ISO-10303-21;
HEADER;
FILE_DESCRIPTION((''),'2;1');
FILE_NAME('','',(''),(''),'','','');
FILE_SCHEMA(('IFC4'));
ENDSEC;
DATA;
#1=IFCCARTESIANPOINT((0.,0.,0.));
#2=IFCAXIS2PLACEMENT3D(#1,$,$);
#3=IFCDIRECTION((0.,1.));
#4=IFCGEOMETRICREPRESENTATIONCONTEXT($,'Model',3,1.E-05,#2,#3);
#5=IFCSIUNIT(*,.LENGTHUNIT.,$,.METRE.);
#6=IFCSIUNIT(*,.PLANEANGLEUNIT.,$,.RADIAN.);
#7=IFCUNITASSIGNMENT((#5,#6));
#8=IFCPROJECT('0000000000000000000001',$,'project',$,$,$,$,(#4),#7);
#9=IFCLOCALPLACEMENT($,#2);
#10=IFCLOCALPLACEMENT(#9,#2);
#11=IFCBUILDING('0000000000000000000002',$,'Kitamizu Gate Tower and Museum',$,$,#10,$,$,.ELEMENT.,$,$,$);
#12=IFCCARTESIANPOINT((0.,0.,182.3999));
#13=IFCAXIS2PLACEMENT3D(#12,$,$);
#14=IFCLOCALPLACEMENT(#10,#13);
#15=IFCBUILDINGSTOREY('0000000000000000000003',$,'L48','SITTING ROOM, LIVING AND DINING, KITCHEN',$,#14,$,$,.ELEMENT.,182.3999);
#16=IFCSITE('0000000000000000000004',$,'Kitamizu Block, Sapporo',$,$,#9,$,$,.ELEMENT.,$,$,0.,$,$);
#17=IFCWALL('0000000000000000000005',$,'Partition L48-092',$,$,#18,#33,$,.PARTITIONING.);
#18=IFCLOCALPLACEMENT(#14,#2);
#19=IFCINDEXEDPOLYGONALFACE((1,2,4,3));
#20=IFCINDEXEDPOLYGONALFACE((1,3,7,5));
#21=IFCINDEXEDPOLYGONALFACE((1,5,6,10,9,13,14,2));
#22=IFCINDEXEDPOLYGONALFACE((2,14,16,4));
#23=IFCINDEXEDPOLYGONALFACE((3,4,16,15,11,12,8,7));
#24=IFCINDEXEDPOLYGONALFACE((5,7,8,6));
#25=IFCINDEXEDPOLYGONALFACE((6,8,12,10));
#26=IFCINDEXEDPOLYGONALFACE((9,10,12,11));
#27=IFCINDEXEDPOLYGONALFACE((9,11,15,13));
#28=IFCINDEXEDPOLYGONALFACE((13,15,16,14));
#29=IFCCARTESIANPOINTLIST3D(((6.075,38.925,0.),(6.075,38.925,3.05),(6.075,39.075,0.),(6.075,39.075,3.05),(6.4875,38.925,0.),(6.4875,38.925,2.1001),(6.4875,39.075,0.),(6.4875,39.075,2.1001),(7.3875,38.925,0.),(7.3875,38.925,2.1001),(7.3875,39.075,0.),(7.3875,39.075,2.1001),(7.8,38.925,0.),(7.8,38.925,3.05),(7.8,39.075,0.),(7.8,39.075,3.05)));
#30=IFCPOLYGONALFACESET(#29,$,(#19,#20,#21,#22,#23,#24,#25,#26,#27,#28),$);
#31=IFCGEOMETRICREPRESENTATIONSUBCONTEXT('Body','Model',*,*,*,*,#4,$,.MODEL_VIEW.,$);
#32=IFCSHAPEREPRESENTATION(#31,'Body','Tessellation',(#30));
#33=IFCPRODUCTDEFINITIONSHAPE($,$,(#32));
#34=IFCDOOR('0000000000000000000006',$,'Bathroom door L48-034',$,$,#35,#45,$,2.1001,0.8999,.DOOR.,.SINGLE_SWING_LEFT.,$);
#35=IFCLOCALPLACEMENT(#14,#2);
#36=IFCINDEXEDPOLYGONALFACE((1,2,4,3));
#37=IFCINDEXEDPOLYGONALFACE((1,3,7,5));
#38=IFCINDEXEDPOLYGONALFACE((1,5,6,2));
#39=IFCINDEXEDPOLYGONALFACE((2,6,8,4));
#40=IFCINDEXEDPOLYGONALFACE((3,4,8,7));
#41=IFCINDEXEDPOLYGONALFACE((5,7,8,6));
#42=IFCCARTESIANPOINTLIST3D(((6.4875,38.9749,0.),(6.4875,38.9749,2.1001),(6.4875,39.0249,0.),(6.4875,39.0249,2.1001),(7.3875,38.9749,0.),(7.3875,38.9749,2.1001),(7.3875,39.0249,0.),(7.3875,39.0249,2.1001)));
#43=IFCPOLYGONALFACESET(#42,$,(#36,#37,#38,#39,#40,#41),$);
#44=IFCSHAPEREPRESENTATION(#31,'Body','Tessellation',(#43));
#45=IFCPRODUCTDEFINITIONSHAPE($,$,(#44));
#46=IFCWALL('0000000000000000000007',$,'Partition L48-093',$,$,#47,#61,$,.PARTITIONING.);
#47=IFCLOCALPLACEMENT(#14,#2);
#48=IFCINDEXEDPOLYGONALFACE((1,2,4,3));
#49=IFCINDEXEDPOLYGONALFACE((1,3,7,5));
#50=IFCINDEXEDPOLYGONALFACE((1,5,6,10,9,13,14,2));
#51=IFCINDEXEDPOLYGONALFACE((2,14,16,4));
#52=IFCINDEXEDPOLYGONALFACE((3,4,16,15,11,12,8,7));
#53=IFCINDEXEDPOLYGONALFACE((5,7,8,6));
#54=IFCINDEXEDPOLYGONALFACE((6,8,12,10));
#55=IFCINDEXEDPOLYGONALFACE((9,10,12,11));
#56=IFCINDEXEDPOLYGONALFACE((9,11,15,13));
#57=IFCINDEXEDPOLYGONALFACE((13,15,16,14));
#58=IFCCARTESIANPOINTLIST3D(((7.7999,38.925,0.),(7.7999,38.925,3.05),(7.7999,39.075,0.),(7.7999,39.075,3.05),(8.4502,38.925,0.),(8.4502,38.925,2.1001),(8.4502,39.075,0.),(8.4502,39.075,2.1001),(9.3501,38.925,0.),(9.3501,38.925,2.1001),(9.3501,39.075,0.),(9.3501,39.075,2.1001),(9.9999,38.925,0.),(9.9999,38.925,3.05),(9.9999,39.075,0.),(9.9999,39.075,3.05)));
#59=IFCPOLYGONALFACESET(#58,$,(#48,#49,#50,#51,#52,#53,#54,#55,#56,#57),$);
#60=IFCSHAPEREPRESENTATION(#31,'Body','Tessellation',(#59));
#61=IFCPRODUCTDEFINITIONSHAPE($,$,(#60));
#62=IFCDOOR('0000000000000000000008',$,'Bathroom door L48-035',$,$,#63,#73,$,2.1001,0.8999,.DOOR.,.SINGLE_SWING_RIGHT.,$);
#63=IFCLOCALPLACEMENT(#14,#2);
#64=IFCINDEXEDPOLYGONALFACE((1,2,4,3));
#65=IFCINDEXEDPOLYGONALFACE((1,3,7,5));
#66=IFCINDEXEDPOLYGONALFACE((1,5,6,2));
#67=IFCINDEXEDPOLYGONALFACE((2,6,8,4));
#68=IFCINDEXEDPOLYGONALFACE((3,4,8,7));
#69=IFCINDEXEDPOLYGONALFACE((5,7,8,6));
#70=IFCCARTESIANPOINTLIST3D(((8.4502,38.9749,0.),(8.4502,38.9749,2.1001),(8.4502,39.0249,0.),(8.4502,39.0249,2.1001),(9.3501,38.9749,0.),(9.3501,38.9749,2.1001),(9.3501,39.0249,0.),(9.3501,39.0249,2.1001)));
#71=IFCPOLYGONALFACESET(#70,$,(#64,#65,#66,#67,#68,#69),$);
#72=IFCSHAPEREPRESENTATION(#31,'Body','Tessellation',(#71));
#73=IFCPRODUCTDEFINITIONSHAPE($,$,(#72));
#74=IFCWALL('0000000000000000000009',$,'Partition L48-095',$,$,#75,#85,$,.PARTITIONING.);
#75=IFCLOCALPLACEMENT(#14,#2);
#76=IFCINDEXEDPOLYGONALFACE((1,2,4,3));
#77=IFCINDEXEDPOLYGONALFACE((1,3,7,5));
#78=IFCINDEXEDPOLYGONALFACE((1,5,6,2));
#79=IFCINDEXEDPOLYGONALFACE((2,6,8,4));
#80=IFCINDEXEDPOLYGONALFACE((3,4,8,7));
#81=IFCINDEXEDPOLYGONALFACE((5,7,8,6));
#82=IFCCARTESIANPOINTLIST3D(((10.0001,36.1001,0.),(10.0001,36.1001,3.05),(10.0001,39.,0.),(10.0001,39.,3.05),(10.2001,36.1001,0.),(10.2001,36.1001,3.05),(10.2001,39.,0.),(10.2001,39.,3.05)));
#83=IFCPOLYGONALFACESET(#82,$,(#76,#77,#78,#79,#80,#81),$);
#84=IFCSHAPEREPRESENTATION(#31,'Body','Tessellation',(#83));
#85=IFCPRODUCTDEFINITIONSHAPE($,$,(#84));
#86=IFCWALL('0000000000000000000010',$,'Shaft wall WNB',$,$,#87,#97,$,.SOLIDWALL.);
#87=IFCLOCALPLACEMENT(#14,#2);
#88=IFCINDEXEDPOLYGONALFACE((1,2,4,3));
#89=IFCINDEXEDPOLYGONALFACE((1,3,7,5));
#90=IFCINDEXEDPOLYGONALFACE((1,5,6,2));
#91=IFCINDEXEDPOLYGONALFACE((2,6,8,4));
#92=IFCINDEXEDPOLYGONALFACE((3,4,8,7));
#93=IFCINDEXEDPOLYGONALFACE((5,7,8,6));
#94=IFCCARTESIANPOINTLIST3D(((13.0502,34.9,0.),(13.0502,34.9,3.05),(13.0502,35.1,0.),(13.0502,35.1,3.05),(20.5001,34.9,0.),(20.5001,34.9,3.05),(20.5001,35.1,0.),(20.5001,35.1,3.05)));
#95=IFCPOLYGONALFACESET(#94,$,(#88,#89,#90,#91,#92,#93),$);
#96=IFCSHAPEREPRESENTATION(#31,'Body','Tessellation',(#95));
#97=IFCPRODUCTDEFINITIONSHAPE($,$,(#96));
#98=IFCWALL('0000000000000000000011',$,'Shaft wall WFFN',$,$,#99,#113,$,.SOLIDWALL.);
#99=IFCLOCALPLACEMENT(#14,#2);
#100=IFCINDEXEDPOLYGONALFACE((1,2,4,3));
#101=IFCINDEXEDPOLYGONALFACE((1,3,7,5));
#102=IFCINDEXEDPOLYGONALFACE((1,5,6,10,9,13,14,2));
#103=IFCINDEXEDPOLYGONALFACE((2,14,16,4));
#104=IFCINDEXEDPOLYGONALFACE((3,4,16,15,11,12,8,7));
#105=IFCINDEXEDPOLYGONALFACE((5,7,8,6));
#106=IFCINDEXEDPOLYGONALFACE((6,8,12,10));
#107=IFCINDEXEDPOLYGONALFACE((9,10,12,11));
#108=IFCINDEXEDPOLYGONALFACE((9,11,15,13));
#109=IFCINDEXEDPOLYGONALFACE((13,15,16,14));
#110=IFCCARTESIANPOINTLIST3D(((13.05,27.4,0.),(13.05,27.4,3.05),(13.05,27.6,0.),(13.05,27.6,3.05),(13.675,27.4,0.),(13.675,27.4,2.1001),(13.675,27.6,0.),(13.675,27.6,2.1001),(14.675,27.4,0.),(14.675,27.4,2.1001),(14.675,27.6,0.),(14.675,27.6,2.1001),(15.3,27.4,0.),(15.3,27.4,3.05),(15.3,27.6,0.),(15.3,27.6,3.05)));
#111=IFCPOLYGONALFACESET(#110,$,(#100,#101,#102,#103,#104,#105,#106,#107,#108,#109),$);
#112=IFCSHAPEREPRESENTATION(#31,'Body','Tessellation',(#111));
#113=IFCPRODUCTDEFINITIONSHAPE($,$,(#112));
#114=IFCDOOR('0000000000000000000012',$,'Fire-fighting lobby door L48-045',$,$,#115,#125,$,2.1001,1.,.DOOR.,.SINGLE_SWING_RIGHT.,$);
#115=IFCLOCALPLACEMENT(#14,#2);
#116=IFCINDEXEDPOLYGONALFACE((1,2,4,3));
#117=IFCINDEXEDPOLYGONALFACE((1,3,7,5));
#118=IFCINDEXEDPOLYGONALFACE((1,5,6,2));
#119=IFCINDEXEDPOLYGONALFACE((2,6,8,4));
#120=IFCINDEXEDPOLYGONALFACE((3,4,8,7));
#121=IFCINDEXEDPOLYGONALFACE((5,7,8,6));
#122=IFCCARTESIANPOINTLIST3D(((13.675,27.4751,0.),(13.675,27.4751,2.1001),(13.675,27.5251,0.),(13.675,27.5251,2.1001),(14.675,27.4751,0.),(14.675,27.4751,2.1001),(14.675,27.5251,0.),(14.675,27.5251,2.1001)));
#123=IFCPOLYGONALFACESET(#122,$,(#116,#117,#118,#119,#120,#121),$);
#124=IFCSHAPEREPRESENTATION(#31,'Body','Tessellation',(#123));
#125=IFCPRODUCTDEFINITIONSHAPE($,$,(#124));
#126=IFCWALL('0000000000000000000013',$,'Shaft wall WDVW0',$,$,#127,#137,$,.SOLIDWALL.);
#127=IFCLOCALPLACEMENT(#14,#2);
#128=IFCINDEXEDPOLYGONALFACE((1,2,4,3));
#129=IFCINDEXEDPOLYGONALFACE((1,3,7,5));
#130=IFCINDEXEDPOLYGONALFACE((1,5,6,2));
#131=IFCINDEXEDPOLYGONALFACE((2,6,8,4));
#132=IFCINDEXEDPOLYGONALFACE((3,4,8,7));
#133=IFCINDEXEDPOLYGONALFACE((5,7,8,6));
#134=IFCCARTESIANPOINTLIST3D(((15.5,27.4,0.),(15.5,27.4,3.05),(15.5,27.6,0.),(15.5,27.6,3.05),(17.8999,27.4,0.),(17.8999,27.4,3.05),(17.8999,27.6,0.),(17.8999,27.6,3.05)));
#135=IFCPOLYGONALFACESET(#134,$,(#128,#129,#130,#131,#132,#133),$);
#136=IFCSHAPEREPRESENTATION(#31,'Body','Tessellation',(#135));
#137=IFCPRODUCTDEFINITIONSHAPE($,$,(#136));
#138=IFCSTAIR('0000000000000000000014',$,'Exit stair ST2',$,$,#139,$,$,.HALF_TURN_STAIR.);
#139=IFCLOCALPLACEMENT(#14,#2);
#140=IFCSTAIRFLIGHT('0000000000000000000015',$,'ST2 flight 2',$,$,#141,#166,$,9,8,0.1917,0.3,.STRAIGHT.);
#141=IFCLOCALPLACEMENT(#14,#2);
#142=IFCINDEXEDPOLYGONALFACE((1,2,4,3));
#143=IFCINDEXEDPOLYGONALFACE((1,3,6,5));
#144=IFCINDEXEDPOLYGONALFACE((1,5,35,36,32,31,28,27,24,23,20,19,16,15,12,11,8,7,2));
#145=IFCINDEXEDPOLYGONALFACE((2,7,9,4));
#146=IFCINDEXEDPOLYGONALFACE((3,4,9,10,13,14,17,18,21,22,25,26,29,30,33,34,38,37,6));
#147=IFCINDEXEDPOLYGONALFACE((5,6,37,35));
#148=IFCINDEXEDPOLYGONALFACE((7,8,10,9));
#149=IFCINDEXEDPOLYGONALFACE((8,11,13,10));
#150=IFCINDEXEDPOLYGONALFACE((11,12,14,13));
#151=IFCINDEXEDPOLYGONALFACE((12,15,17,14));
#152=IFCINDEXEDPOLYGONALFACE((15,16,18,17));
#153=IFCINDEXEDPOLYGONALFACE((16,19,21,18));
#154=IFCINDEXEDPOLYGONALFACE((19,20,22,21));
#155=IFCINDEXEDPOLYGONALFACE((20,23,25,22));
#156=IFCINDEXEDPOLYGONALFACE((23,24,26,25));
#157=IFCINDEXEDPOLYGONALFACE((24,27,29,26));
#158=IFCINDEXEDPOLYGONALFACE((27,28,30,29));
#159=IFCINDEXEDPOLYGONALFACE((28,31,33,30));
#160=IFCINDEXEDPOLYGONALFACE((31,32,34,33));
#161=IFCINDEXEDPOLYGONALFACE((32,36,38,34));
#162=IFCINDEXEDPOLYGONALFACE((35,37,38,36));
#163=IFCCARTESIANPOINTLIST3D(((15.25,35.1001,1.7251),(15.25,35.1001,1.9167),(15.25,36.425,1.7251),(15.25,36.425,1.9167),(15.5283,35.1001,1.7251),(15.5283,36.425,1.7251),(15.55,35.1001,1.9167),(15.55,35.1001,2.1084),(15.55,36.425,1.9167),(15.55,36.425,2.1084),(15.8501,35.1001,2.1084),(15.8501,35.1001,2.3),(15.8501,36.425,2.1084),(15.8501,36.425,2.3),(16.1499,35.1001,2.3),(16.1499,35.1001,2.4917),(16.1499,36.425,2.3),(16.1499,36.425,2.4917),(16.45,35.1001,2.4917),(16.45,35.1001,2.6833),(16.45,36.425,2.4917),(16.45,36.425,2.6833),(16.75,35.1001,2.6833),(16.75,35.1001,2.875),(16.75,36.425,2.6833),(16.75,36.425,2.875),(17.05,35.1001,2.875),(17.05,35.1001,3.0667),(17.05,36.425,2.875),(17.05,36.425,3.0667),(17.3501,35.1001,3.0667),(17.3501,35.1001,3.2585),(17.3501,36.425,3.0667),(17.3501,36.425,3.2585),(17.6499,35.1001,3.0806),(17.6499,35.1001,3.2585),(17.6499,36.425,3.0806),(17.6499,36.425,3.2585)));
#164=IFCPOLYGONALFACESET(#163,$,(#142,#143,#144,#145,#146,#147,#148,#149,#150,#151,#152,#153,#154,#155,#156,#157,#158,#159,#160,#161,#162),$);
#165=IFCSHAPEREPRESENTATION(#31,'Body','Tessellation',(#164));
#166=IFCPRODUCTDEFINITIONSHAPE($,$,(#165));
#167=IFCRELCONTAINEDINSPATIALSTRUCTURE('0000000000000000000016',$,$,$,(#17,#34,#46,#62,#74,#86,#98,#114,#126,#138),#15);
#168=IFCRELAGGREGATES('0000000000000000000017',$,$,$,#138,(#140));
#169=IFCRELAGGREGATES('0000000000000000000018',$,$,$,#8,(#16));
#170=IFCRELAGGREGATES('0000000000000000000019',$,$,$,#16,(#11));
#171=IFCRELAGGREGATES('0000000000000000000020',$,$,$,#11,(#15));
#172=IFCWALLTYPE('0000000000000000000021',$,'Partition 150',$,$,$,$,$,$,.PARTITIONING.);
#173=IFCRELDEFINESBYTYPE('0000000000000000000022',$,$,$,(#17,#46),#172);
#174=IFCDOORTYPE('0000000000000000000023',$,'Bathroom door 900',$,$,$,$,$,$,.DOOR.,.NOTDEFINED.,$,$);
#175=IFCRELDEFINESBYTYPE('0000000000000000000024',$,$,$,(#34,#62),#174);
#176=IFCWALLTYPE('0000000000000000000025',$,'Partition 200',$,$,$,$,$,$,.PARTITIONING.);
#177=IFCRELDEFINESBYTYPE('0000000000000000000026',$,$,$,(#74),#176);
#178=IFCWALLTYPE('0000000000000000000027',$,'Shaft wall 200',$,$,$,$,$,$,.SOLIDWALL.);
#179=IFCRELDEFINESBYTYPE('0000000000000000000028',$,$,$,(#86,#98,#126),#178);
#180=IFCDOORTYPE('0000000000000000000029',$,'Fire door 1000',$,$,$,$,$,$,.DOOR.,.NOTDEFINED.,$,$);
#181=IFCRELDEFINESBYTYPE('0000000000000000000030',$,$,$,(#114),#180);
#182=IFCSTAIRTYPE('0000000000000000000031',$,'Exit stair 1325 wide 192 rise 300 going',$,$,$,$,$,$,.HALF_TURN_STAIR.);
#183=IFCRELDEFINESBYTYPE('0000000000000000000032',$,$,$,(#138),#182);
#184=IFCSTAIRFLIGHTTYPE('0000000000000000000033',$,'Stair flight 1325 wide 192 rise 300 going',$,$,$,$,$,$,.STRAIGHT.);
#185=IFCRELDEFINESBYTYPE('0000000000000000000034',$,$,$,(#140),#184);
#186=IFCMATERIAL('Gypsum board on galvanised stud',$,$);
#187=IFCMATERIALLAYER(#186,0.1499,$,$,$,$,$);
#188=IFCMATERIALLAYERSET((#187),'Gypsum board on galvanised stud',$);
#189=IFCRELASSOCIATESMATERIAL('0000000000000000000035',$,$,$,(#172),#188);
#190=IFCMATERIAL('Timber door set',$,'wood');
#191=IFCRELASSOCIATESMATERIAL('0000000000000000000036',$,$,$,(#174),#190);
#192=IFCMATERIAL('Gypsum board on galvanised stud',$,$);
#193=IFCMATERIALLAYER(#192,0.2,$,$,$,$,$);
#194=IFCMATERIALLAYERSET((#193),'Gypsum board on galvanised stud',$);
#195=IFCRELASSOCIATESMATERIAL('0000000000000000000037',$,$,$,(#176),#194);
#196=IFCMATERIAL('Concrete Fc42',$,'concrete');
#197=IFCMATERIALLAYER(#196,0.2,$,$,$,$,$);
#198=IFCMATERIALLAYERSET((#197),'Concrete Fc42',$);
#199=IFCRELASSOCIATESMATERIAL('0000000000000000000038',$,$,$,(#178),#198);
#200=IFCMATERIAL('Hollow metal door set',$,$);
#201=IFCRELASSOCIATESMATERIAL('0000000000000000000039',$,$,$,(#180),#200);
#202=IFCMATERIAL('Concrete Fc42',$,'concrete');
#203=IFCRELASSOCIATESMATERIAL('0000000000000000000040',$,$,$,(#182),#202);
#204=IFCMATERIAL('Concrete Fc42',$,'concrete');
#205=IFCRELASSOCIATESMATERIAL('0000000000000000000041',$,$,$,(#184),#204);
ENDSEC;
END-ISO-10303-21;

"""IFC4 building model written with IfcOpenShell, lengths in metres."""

from ifc_helpers import new_model, si_unit, direction, frame, frame_2d, origin, place, context, subcontext, project, spatial, polyline, rectangle, outline, extrude, material, layer, layer_set, type_object, element, fill, aggregate, save


model = new_model("IFC4")

# Units and contexts
model_context = context("Model", 3, precision=1e-05, world=origin(), true_north=direction((0.0, 1.0)))
body_context = subcontext(model_context, "Body", "Model", "MODEL_VIEW")
ifc_project = project(units=[si_unit("LENGTHUNIT", "METRE"), si_unit("PLANEANGLEUNIT", "RADIAN")], contexts=[model_context])

# Site, building, storey
site_placement = place(None, origin())
site = spatial("IfcSite", under=ifc_project, at=site_placement, Name="Kitamizu Block, Sapporo", CompositionType="ELEMENT", RefElevation=0.0)
building_placement = place(site_placement, origin())
building = spatial("IfcBuilding", under=site, at=building_placement, Name="Kitamizu Gate Tower and Museum", CompositionType="ELEMENT")
storey_placement = place(building_placement, frame((0.0, 0.0, 182.3999)))
storey = spatial("IfcBuildingStorey", under=building, at=storey_placement, Name="L48", Description="SITTING ROOM, LIVING AND DINING, KITCHEN", CompositionType="ELEMENT", Elevation=182.3999)

# Shared definitions
ifc_material_1 = material(Name="Gypsum board on galvanised stud")
ifc_layer_1 = layer(ifc_material_1, 0.1499)
ifc_layer_set_1 = layer_set([ifc_layer_1], Name="Gypsum board on galvanised stud")
wall_type_1 = type_object("IfcWallType", Name="Partition 150", PredefinedType="PARTITIONING", material=ifc_layer_set_1)

# Walls, openings, doors
wall_1_placement = place(storey_placement, frame((7.8, 39.0, 0.0), z_axis=(0.0, 0.0, 1.0), x_axis=(-1.0, 0.0, 0.0)))
wall_1 = element("IfcWall", 1, at=wall_1_placement, inside=storey, type_object=wall_type_1, Name="Partition L48-092", PredefinedType="PARTITIONING", context=body_context, shape_type="SweptSolid", body=[
    extrude(rectangle(XDim=1.7251, YDim=0.1499, at=frame_2d((0.8625, 0.0))), origin(), (0.0, 0.0, 1.0), 3.05),
])
opening_1_placement = place(wall_1_placement, frame((0.4126, 0.0, 0.0)))
opening_1 = element("IfcOpeningElement", 2, at=opening_1_placement, cuts=wall_1, PredefinedType="OPENING", context=body_context, shape_type="SweptSolid", body=[
    extrude(rectangle(XDim=0.8999, YDim=2.1001, at=frame_2d((0.45, 1.05))), frame((0.0, 0.085, 0.0), z_axis=(0.0, -1.0, 0.0), x_axis=(1.0, 0.0, 0.0)), (0.0, 0.0, 1.0), 0.1699),
])
ifc_material_2 = material(Name="Timber door set", Category="wood")
door_type_1 = type_object("IfcDoorType", Name="Bathroom door 900", OperationType="NOTDEFINED", PredefinedType="DOOR", material=ifc_material_2)
door_1_placement = place(opening_1_placement, frame((0.8999, 0.0, 0.0), x_axis=(-1.0, 0.0, 0.0)))
door_1 = element("IfcDoor", 3, at=door_1_placement, inside=storey, type_object=door_type_1, Name="Bathroom door L48-034", OperationType="SINGLE_SWING_LEFT", OverallHeight=2.1001, OverallWidth=0.8999, PredefinedType="DOOR", context=body_context, shape_type="SweptSolid", body=[
    extrude(rectangle(XDim=0.8999, YDim=2.1001, at=frame_2d((0.45, 1.05))), frame((0.0, 0.0249, 0.0), z_axis=(0.0, -1.0, 0.0), x_axis=(1.0, 0.0, 0.0)), (0.0, 0.0, 1.0), 0.05),
])
fill(opening_1, door_1)
wall_2_placement = place(storey_placement, frame((10.0, 39.0, 0.0), z_axis=(0.0, 0.0, 1.0), x_axis=(-1.0, 0.0, 0.0)))
wall_2 = element("IfcWall", 4, at=wall_2_placement, inside=storey, type_object=wall_type_1, Name="Partition L48-093", PredefinedType="PARTITIONING", context=body_context, shape_type="SweptSolid", body=[
    extrude(rectangle(XDim=2.2, YDim=0.1499, at=frame_2d((1.1001, 0.0))), origin(), (0.0, 0.0, 1.0), 3.05),
])
opening_2_placement = place(wall_2_placement, frame((0.6499, 0.0, 0.0)))
opening_2 = element("IfcOpeningElement", 5, at=opening_2_placement, cuts=wall_2, PredefinedType="OPENING", context=body_context, shape_type="SweptSolid", body=[
    extrude(rectangle(XDim=0.8999, YDim=2.1001, at=frame_2d((0.45, 1.05))), frame((0.0, 0.085, 0.0), z_axis=(0.0, -1.0, 0.0), x_axis=(1.0, 0.0, 0.0)), (0.0, 0.0, 1.0), 0.1699),
])
door_2_placement = place(opening_2_placement, frame((0.8999, 0.0, 0.0), x_axis=(-1.0, 0.0, 0.0)))
door_2 = element("IfcDoor", 6, at=door_2_placement, inside=storey, type_object=door_type_1, Name="Bathroom door L48-035", OperationType="SINGLE_SWING_RIGHT", OverallHeight=2.1001, OverallWidth=0.8999, PredefinedType="DOOR", context=body_context, shape_type="SweptSolid", body=[
    extrude(rectangle(XDim=0.8999, YDim=2.1001, at=frame_2d((0.45, 1.05))), frame((0.0, 0.0249, 0.0), z_axis=(0.0, -1.0, 0.0), x_axis=(1.0, 0.0, 0.0)), (0.0, 0.0, 1.0), 0.05),
])
fill(opening_2, door_2)

# Walls
ifc_material_3 = material(Name="Gypsum board on galvanised stud")
ifc_layer_2 = layer(ifc_material_3, 0.2)
ifc_layer_set_2 = layer_set([ifc_layer_2], Name="Gypsum board on galvanised stud")
wall_type_2 = type_object("IfcWallType", Name="Partition 200", PredefinedType="PARTITIONING", material=ifc_layer_set_2)
wall_3_placement = place(storey_placement, frame((10.1001, 36.1001, 0.0), z_axis=(0.0, 0.0, 1.0), x_axis=(0.0, 1.0, 0.0)))
element("IfcWall", 7, at=wall_3_placement, inside=storey, type_object=wall_type_2, Name="Partition L48-095", PredefinedType="PARTITIONING", context=body_context, shape_type="SweptSolid", body=[
    extrude(rectangle(XDim=2.8999, YDim=0.2, at=frame_2d((1.45, 0.0))), origin(), (0.0, 0.0, 1.0), 3.05),
])
ifc_material_4 = material(Name="Concrete Fc42", Category="concrete")
ifc_layer_3 = layer(ifc_material_4, 0.2)
ifc_layer_set_3 = layer_set([ifc_layer_3], Name="Concrete Fc42")
wall_type_3 = type_object("IfcWallType", Name="Shaft wall 200", PredefinedType="SOLIDWALL", material=ifc_layer_set_3)
wall_4_placement = place(storey_placement, frame((13.05, 35.0, 0.0), z_axis=(0.0, 0.0, 1.0), x_axis=(1.0, 0.0, 0.0)))
element("IfcWall", 8, at=wall_4_placement, inside=storey, type_object=wall_type_3, Name="Shaft wall WNB", PredefinedType="SOLIDWALL", context=body_context, shape_type="SweptSolid", body=[
    extrude(rectangle(XDim=7.45, YDim=0.2, at=frame_2d((3.7251, 0.0))), origin(), (0.0, 0.0, 1.0), 3.05),
])

# Wall, opening, door
wall_5_placement = place(storey_placement, frame((13.05, 27.5, 0.0), z_axis=(0.0, 0.0, 1.0), x_axis=(1.0, 0.0, 0.0)))
wall_5 = element("IfcWall", 9, at=wall_5_placement, inside=storey, type_object=wall_type_3, Name="Shaft wall WFFN", PredefinedType="SOLIDWALL", context=body_context, shape_type="SweptSolid", body=[
    extrude(rectangle(XDim=2.25, YDim=0.2, at=frame_2d((1.125, 0.0))), origin(), (0.0, 0.0, 1.0), 3.05),
])
opening_3_placement = place(wall_5_placement, frame((0.625, 0.0, 0.0)))
opening_3 = element("IfcOpeningElement", 10, at=opening_3_placement, cuts=wall_5, PredefinedType="OPENING", context=body_context, shape_type="SweptSolid", body=[
    extrude(rectangle(XDim=1.0, YDim=2.1001, at=frame_2d((0.5, 1.05))), frame((0.0, 0.1099, 0.0), z_axis=(0.0, -1.0, 0.0), x_axis=(1.0, 0.0, 0.0)), (0.0, 0.0, 1.0), 0.22),
])
ifc_material_5 = material(Name="Hollow metal door set")
door_type_2 = type_object("IfcDoorType", Name="Fire door 1000", OperationType="NOTDEFINED", PredefinedType="DOOR", material=ifc_material_5)
door_3_placement = place(opening_3_placement, frame((1.0, 0.0, 0.0), x_axis=(-1.0, 0.0, 0.0)))
door_3 = element("IfcDoor", 11, at=door_3_placement, inside=storey, type_object=door_type_2, Name="Fire-fighting lobby door L48-045", OperationType="SINGLE_SWING_RIGHT", OverallHeight=2.1001, OverallWidth=1.0, PredefinedType="DOOR", context=body_context, shape_type="SweptSolid", body=[
    extrude(rectangle(XDim=1.0, YDim=2.1001, at=frame_2d((0.5, 1.05))), frame((0.0, 0.0249, 0.0), z_axis=(0.0, -1.0, 0.0), x_axis=(1.0, 0.0, 0.0)), (0.0, 0.0, 1.0), 0.05),
])
fill(opening_3, door_3)

# Wall
wall_6_placement = place(storey_placement, frame((15.5, 27.5, 0.0), z_axis=(0.0, 0.0, 1.0), x_axis=(1.0, 0.0, 0.0)))
element("IfcWall", 12, at=wall_6_placement, inside=storey, type_object=wall_type_3, Name="Shaft wall WDVW0", PredefinedType="SOLIDWALL", context=body_context, shape_type="SweptSolid", body=[
    extrude(rectangle(XDim=2.3999, YDim=0.2, at=frame_2d((1.2, 0.0))), origin(), (0.0, 0.0, 1.0), 3.05),
])

# Stair, stair flight
ifc_material_6 = material(Name="Concrete Fc42", Category="concrete")
stair_type = type_object("IfcStairType", Name="Exit stair 1325 wide 192 rise 300 going", PredefinedType="HALF_TURN_STAIR", material=ifc_material_6)
stair_placement = place(storey_placement, origin())
stair = element("IfcStair", 13, at=stair_placement, inside=storey, type_object=stair_type, Name="Exit stair ST2", PredefinedType="HALF_TURN_STAIR")
ifc_material_7 = material(Name="Concrete Fc42", Category="concrete")
stair_flight_type = type_object("IfcStairFlightType", Name="Stair flight 1325 wide 192 rise 300 going", PredefinedType="STRAIGHT", material=ifc_material_7)
stair_flight_placement = place(storey_placement, frame((15.25, 35.7625, 1.7251), z_axis=(0.0, 0.0, 1.0), x_axis=(1.0, 0.0, 0.0)))
stair_flight = element("IfcStairFlight", 14, at=stair_flight_placement, type_object=stair_flight_type, Name="ST2 flight 2", NumberOfRisers=9, NumberOfTreads=8, PredefinedType="STRAIGHT", RiserHeight=0.1917, TreadLength=0.3, context=body_context, shape_type="SweptSolid", body=[
    extrude(outline(polyline([(0.0, 0.0), (0.0, 0.1917), (0.3, 0.1917), (0.3, 0.3833), (0.6001, 0.3833), (0.6001, 0.575), (0.8999, 0.575), (0.8999, 0.7666), (1.2, 0.7666), (1.2, 0.9583), (1.5, 0.9583), (1.5, 1.1499), (1.8, 1.1499), (1.8, 1.3416), (2.1001, 1.3416), (2.1001, 1.5334), (2.3999, 1.5334), (2.3999, 1.7251), (2.3999, 1.3555), (0.2783, 0.0), (0.0, 0.0)])), frame((0.0, 0.6626, 0.0), z_axis=(0.0, -1.0, 0.0), x_axis=(1.0, 0.0, 0.0)), (0.0, 0.0, 1.0), 1.325),
])
aggregate(stair, [stair_flight])

save(model, "model.ifc")
